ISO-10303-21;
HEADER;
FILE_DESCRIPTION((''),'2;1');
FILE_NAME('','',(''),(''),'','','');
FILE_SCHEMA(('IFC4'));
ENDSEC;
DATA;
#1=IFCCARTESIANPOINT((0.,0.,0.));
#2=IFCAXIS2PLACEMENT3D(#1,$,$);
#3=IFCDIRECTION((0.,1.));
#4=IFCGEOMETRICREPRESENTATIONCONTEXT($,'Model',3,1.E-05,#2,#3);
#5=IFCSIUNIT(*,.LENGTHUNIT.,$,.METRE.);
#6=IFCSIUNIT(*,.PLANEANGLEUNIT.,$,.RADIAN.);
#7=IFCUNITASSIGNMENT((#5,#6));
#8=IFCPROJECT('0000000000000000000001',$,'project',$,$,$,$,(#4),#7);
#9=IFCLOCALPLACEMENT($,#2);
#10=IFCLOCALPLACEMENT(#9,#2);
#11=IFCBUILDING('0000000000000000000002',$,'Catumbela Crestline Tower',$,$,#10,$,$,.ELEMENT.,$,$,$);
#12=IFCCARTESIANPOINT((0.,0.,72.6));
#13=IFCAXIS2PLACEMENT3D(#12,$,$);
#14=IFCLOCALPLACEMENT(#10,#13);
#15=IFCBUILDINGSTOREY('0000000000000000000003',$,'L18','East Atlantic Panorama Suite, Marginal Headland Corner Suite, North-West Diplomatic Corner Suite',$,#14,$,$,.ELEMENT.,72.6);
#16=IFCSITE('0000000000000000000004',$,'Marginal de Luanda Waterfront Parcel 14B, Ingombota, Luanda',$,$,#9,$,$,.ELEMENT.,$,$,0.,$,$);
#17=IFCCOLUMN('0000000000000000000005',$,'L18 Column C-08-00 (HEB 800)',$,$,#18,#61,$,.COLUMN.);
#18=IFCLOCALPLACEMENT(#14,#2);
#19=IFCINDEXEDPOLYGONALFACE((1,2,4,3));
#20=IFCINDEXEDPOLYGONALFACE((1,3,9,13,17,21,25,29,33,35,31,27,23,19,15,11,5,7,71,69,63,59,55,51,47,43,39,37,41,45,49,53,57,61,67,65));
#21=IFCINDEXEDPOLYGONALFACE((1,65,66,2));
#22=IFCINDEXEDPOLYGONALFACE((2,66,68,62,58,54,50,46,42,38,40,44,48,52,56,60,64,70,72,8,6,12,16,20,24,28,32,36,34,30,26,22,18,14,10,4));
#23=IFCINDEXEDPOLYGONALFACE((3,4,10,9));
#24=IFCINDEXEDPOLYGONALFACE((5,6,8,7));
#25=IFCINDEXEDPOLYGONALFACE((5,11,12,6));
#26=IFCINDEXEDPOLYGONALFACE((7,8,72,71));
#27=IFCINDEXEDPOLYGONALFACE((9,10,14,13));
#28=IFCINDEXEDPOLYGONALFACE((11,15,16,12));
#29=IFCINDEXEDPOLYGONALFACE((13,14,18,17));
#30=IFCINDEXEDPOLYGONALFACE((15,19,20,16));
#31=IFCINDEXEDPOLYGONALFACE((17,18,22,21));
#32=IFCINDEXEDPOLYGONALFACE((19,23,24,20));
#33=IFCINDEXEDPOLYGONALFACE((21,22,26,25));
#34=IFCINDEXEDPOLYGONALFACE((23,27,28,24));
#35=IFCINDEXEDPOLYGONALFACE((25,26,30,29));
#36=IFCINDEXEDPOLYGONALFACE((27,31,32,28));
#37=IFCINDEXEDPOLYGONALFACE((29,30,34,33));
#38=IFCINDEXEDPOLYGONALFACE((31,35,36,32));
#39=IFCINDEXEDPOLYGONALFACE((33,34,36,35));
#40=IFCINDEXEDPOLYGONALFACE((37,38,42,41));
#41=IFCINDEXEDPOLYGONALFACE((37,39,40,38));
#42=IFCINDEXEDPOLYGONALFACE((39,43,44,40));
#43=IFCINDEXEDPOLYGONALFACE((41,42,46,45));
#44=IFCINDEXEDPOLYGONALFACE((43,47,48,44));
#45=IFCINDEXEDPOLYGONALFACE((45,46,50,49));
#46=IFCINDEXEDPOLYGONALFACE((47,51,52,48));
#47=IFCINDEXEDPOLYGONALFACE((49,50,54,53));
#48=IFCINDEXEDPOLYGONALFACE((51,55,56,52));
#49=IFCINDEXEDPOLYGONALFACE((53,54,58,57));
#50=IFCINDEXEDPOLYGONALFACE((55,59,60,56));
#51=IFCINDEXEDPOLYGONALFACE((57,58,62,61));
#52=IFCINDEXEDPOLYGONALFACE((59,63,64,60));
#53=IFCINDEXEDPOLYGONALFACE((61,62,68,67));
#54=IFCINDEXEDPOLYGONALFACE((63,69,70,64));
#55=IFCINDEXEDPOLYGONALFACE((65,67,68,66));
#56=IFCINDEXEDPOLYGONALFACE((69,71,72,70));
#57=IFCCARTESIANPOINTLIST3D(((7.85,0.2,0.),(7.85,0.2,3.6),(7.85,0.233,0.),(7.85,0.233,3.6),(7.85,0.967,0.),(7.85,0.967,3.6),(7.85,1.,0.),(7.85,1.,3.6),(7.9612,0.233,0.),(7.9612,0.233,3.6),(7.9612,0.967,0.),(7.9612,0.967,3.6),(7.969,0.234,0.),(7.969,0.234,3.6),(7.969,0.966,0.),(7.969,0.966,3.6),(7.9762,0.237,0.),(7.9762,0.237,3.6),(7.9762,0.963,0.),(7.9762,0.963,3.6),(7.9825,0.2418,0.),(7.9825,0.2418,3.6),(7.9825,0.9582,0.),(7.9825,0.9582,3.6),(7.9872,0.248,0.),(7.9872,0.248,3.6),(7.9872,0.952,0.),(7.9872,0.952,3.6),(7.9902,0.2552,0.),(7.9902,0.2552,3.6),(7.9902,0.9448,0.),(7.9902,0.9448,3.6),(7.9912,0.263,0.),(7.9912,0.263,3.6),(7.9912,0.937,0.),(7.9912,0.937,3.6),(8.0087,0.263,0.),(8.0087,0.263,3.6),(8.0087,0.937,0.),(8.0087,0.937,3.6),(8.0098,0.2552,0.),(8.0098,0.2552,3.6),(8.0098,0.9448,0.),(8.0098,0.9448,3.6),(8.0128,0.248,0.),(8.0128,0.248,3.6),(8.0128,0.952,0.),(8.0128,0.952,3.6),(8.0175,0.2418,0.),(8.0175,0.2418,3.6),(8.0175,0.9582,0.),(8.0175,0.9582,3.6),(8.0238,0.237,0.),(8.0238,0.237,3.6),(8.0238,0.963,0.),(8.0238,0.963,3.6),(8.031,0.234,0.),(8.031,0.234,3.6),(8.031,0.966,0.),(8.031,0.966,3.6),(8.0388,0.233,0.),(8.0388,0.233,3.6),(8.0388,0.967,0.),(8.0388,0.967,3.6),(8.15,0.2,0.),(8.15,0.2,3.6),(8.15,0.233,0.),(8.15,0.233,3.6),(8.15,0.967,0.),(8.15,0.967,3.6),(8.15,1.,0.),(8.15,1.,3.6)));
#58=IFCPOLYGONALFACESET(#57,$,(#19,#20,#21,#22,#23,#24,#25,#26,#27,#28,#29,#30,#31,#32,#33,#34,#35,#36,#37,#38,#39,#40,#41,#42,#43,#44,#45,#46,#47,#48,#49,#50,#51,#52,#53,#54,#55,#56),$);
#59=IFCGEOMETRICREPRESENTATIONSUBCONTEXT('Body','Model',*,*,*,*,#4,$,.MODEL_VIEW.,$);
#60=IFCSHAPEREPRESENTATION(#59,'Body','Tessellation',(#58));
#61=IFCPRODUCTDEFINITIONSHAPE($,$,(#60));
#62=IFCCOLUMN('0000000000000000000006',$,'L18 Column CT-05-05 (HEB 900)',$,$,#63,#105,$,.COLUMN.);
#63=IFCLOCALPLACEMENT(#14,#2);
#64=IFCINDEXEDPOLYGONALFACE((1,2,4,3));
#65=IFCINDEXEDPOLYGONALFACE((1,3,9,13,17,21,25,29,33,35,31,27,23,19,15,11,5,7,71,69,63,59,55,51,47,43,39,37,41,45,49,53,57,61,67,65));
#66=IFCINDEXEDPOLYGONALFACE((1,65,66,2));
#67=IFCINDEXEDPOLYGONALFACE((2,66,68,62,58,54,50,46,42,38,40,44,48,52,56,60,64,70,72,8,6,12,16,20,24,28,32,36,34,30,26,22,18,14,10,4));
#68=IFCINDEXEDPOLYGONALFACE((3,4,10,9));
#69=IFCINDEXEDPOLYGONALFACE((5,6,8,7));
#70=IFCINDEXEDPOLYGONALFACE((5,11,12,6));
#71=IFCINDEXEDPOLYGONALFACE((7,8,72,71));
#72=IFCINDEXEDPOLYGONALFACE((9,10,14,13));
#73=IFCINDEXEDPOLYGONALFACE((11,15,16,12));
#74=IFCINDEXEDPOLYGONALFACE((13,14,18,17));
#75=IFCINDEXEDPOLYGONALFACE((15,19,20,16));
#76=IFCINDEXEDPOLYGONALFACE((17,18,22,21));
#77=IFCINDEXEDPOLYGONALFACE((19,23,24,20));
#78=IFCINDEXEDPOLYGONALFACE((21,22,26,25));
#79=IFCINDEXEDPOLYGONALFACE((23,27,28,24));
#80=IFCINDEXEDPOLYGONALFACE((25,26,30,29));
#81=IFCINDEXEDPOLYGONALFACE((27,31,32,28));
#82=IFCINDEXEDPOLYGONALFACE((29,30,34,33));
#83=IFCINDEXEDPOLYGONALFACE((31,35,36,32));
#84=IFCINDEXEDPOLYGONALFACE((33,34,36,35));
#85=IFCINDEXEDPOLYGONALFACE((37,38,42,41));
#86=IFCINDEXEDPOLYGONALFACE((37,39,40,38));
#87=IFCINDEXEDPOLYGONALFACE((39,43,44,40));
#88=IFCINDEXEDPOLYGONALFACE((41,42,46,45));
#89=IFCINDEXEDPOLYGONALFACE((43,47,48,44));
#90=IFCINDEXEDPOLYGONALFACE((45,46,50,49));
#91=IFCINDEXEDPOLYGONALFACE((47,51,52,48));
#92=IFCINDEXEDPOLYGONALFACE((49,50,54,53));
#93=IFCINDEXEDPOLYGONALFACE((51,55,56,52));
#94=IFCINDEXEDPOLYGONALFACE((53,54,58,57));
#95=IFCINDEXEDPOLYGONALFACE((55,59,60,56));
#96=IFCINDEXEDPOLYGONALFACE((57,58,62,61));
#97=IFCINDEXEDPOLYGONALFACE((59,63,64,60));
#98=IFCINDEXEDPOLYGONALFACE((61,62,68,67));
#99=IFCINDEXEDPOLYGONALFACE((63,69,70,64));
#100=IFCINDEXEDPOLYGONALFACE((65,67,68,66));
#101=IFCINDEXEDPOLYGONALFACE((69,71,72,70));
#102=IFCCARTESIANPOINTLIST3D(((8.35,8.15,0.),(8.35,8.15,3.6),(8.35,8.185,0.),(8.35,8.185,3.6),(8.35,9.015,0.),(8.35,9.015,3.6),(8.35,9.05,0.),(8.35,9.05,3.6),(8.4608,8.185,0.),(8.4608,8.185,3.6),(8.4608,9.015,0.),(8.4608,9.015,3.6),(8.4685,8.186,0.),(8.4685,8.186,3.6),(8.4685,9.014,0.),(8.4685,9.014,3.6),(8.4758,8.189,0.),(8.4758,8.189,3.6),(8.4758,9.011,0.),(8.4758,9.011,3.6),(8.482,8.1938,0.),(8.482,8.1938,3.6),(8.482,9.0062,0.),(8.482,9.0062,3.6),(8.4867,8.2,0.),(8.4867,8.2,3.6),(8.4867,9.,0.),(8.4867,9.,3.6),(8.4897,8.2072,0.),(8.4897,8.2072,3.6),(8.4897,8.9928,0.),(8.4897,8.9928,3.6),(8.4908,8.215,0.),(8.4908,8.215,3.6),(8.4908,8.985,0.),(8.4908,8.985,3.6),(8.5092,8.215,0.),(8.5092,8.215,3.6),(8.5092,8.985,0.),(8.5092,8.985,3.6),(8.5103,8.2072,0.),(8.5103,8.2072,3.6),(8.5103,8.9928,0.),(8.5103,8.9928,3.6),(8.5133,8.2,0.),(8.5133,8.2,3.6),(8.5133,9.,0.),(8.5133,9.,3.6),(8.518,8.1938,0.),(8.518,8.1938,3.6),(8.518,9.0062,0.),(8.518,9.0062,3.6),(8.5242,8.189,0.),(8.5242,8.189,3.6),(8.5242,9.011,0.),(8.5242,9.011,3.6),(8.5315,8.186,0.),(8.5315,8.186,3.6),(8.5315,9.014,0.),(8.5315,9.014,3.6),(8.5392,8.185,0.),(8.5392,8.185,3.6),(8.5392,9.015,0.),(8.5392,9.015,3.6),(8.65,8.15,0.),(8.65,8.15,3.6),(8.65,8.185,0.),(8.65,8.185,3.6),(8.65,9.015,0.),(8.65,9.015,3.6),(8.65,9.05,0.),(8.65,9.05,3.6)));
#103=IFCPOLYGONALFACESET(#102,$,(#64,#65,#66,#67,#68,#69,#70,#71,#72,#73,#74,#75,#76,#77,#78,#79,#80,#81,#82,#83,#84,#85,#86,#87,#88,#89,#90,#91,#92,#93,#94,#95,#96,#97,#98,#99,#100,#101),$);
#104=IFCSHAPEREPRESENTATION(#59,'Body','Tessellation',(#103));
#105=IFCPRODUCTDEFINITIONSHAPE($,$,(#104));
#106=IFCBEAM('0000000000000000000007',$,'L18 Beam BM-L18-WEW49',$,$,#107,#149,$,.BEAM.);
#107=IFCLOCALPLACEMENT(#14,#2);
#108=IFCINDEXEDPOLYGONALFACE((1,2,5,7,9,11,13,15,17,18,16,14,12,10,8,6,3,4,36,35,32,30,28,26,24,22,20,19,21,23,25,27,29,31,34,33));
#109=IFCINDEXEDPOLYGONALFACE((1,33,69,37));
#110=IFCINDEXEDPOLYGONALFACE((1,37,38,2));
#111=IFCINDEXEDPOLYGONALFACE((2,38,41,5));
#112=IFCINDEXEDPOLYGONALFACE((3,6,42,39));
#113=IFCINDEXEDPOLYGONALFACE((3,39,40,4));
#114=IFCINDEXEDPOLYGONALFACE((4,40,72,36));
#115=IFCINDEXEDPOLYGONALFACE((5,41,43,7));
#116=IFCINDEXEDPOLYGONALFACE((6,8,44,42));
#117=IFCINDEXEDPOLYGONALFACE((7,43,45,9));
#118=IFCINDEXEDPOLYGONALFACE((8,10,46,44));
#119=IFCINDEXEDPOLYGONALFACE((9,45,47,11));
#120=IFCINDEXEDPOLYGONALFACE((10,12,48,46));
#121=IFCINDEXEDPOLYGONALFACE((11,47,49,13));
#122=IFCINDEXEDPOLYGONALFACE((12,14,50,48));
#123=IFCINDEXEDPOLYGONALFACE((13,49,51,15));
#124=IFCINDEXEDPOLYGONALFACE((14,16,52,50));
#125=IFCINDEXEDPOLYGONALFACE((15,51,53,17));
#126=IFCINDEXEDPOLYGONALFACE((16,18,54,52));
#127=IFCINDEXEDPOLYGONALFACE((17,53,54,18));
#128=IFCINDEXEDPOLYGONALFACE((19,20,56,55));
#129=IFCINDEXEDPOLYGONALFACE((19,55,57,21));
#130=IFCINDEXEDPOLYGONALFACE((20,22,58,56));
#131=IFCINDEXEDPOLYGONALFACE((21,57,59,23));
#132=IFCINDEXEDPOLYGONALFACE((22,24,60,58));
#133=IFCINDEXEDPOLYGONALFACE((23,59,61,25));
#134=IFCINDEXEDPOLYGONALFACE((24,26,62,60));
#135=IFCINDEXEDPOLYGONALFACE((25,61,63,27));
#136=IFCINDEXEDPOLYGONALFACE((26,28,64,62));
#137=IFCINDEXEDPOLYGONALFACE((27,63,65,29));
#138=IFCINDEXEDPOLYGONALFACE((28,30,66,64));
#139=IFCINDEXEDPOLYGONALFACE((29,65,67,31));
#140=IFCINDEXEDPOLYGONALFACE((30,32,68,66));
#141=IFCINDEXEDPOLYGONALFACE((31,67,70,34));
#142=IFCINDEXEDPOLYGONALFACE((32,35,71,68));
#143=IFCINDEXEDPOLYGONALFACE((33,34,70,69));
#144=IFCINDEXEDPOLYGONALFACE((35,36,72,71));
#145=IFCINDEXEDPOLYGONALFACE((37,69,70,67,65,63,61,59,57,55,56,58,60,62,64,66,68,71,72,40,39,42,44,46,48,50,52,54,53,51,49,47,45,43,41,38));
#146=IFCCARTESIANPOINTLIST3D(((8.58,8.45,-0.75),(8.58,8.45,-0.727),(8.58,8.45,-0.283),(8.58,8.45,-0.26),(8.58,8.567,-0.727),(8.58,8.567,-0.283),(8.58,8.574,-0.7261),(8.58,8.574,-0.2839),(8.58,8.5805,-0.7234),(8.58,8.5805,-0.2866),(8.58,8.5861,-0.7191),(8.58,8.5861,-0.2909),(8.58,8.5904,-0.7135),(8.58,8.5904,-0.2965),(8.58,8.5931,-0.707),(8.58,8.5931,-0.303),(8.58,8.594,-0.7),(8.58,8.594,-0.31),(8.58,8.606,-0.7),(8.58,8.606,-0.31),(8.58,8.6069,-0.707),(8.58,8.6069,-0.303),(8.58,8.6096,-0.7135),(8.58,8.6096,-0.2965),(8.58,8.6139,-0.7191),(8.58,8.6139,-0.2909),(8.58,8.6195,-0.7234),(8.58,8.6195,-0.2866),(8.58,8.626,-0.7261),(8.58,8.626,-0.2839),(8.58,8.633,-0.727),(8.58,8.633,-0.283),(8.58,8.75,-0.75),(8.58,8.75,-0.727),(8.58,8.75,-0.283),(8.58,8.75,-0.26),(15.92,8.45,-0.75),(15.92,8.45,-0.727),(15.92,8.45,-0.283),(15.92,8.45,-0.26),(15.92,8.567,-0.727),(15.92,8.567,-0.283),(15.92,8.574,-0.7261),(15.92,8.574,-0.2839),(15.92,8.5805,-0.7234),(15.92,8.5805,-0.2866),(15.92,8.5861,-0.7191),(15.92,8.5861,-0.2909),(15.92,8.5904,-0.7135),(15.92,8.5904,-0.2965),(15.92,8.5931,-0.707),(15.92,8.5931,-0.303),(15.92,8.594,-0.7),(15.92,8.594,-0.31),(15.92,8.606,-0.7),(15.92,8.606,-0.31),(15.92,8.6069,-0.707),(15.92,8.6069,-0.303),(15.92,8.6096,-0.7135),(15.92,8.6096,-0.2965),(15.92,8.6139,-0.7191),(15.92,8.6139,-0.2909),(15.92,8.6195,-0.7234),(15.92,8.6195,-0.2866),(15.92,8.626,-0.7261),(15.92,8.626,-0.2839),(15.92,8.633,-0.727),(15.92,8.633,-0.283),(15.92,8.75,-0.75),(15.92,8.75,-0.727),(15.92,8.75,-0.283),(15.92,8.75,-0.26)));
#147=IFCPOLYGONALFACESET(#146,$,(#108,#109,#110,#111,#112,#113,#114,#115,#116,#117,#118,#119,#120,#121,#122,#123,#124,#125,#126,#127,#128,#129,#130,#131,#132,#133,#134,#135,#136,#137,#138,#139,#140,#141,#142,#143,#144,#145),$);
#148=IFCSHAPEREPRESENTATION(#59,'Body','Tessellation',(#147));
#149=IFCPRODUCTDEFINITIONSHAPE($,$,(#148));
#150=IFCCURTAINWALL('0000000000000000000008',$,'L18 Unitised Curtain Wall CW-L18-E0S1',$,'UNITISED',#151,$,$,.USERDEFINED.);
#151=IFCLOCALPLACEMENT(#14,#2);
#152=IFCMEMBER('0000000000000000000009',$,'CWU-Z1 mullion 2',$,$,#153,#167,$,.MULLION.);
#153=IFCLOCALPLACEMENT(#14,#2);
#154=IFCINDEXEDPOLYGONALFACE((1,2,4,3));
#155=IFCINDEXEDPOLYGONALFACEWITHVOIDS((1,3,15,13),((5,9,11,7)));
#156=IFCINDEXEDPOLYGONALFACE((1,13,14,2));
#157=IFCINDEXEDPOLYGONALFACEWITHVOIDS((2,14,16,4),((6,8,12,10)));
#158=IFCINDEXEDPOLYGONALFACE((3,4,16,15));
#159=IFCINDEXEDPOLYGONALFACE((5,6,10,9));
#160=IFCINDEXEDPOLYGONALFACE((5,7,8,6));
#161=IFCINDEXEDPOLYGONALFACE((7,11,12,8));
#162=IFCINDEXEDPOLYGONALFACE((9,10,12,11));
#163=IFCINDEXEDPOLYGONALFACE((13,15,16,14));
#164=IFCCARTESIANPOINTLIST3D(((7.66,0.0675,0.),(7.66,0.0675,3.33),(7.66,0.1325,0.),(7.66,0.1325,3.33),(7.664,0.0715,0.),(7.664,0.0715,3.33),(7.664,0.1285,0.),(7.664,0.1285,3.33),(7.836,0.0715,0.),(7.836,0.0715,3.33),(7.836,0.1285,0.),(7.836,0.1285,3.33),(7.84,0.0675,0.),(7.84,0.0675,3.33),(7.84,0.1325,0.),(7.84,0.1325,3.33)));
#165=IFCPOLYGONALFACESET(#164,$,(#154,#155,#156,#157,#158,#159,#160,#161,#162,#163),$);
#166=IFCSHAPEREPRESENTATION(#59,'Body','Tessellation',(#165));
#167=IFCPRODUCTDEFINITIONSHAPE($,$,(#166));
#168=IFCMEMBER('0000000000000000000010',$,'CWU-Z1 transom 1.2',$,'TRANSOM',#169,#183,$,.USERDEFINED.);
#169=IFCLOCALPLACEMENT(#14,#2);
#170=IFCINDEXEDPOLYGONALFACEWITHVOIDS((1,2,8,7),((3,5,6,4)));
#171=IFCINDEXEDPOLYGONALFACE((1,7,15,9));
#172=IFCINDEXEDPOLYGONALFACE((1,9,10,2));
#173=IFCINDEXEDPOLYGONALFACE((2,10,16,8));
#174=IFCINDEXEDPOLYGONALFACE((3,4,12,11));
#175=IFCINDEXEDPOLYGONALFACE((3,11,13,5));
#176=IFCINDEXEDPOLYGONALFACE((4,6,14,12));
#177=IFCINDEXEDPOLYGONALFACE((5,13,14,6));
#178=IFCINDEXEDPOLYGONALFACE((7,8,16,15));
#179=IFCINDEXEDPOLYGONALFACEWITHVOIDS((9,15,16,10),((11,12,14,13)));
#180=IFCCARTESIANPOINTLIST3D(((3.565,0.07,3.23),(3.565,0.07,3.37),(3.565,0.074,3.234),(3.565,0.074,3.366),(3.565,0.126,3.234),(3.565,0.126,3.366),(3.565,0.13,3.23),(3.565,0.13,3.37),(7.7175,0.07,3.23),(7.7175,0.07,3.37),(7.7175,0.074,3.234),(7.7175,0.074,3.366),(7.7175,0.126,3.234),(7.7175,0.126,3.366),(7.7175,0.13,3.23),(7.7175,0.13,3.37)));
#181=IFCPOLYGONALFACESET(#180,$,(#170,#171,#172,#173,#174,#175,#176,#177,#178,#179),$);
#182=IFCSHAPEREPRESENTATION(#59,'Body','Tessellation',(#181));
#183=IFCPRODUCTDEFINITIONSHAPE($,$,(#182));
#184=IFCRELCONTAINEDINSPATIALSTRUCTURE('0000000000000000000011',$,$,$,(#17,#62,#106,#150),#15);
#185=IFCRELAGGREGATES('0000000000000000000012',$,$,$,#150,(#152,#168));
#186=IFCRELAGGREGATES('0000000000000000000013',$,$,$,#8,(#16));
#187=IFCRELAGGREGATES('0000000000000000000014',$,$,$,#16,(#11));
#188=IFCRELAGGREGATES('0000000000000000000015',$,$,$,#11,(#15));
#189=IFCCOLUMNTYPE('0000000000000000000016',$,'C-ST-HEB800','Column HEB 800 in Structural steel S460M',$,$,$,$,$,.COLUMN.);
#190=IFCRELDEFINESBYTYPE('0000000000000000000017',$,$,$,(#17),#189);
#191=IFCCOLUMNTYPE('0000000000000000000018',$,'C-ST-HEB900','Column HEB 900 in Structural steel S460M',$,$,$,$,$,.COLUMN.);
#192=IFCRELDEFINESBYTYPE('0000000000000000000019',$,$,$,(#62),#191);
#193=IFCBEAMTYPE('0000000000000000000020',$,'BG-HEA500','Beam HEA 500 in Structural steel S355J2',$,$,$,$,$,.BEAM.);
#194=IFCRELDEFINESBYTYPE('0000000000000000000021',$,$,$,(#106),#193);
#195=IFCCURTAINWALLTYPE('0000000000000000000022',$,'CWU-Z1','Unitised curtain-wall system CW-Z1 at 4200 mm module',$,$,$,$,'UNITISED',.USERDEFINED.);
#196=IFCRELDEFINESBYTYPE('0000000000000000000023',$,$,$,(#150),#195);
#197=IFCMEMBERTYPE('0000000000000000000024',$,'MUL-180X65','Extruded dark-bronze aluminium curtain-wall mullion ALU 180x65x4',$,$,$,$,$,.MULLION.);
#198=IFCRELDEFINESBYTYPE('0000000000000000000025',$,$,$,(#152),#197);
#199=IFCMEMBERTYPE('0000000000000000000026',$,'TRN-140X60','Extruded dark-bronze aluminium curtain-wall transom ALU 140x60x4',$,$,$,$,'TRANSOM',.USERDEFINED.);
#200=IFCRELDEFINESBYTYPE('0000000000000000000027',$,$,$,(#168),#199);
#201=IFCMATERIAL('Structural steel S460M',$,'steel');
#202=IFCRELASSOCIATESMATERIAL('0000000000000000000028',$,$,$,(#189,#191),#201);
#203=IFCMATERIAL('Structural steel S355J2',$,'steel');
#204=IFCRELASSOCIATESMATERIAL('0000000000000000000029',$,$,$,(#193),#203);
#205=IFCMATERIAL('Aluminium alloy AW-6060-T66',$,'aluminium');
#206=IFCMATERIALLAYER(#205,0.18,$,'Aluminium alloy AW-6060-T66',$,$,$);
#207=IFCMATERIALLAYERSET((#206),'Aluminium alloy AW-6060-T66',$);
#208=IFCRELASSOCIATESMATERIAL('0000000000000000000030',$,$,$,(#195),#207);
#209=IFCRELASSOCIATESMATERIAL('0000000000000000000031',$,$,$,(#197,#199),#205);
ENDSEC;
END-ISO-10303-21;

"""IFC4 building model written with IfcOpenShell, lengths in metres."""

from ifc_helpers import new_model, si_unit, direction, frame, origin, origin_2d, place, context, subcontext, project, spatial, hollow_rectangle, i_section, extrude, material, layer, layer_set, material_profile, profile_set, type_object, element, aggregate, save


model = new_model("IFC4")

# Units and contexts
model_context = context("Model", 3, precision=1e-05, world=origin(), true_north=direction((0.0, 1.0)))
body_context = subcontext(model_context, "Body", "Model", "MODEL_VIEW")
ifc_project = project(units=[si_unit("LENGTHUNIT", "METRE"), si_unit("PLANEANGLEUNIT", "RADIAN")], contexts=[model_context])

# Site, building, storey
site_placement = place(None, origin())
site = spatial("IfcSite", under=ifc_project, at=site_placement, Name="Marginal de Luanda Waterfront Parcel 14B, Ingombota, Luanda", CompositionType="ELEMENT", RefElevation=0.0)
building_placement = place(site_placement, origin())
building = spatial("IfcBuilding", under=site, at=building_placement, Name="Catumbela Crestline Tower", CompositionType="ELEMENT")
storey_placement = place(building_placement, frame((0.0, 0.0, 72.6)))
storey = spatial("IfcBuildingStorey", under=building, at=storey_placement, Name="L18", Description="East Atlantic Panorama Suite, Marginal Headland Corner Suite, North-West Diplomatic Corner Suite", CompositionType="ELEMENT", Elevation=72.6)

# Columns
ifc_material_1 = material(Name="Structural steel S460M", Category="steel")
ifc_material_profile_1 = material_profile(ifc_material_1, i_section(OverallWidth=0.3, OverallDepth=0.8, WebThickness=0.0175, FlangeThickness=0.033, FilletRadius=0.03, at=origin_2d()), Name="HEB 800")
ifc_profile_set_1 = profile_set([ifc_material_profile_1], Name="Structural steel S460M")
column_type_1 = type_object("IfcColumnType", Name="C-ST-HEB800", Description="Column HEB 800 in Structural steel S460M", PredefinedType="COLUMN", material=ifc_profile_set_1)
column_1_placement = place(storey_placement, frame((8.0, 0.6, 0.0), z_axis=(0.0, 0.0, 1.0), x_axis=(1.0, 0.0, 0.0)))
element("IfcColumn", 1, at=column_1_placement, inside=storey, type_object=column_type_1, Name="L18 Column C-08-00 (HEB 800)", PredefinedType="COLUMN", context=body_context, shape_type="SweptSolid", body=[
    extrude(i_section(OverallWidth=0.3, OverallDepth=0.8, WebThickness=0.0175, FlangeThickness=0.033, FilletRadius=0.03, at=origin_2d()), origin(), (0.0, 0.0, 1.0), 3.6),
])
ifc_material_profile_2 = material_profile(ifc_material_1, i_section(OverallWidth=0.3, OverallDepth=0.9, WebThickness=0.0185, FlangeThickness=0.035, FilletRadius=0.03, at=origin_2d()), Name="HEB 900")
ifc_profile_set_2 = profile_set([ifc_material_profile_2], Name="Structural steel S460M")
column_type_2 = type_object("IfcColumnType", Name="C-ST-HEB900", Description="Column HEB 900 in Structural steel S460M", PredefinedType="COLUMN", material=ifc_profile_set_2)
column_2_placement = place(storey_placement, frame((8.5, 8.6, 0.0), z_axis=(0.0, 0.0, 1.0), x_axis=(1.0, 0.0, 0.0)))
element("IfcColumn", 2, at=column_2_placement, inside=storey, type_object=column_type_2, Name="L18 Column CT-05-05 (HEB 900)", PredefinedType="COLUMN", context=body_context, shape_type="SweptSolid", body=[
    extrude(i_section(OverallWidth=0.3, OverallDepth=0.9, WebThickness=0.0185, FlangeThickness=0.035, FilletRadius=0.03, at=origin_2d()), origin(), (0.0, 0.0, 1.0), 3.6),
])

# Beam
ifc_material_2 = material(Name="Structural steel S355J2", Category="steel")
ifc_material_profile_3 = material_profile(ifc_material_2, i_section(OverallWidth=0.3, OverallDepth=0.49, WebThickness=0.012, FlangeThickness=0.023, FilletRadius=0.027, at=origin_2d()), Name="HEA 500")
ifc_profile_set_3 = profile_set([ifc_material_profile_3], Name="Structural steel S355J2")
beam_type = type_object("IfcBeamType", Name="BG-HEA500", Description="Beam HEA 500 in Structural steel S355J2", PredefinedType="BEAM", material=ifc_profile_set_3)
beam_placement = place(storey_placement, frame((8.58, 8.6, -0.505), z_axis=(1.0, 0.0, 0.0), x_axis=(0.0, 1.0, 0.0)))
element("IfcBeam", 3, at=beam_placement, inside=storey, type_object=beam_type, Name="L18 Beam BM-L18-WEW49", PredefinedType="BEAM", context=body_context, shape_type="SweptSolid", body=[
    extrude(i_section(OverallWidth=0.3, OverallDepth=0.49, WebThickness=0.012, FlangeThickness=0.023, FilletRadius=0.027, at=origin_2d()), origin(), (0.0, 0.0, 1.0), 7.34),
])

# Curtain wall, members
ifc_material_3 = material(Name="Aluminium alloy AW-6060-T66", Category="aluminium")
ifc_layer_1 = layer(ifc_material_3, 0.18, Name="Aluminium alloy AW-6060-T66")
ifc_layer_set_1 = layer_set([ifc_layer_1], Name="Aluminium alloy AW-6060-T66")
curtain_wall_type = type_object("IfcCurtainWallType", Name="CWU-Z1", Description="Unitised curtain-wall system CW-Z1 at 4200 mm module", ElementType="UNITISED", PredefinedType="USERDEFINED", material=ifc_layer_set_1)
curtain_wall_placement = place(storey_placement, origin())
curtain_wall = element("IfcCurtainWall", 4, at=curtain_wall_placement, inside=storey, type_object=curtain_wall_type, Name="L18 Unitised Curtain Wall CW-L18-E0S1", ObjectType="UNITISED", PredefinedType="USERDEFINED")
ifc_material_profile_4 = material_profile(ifc_material_3, hollow_rectangle(XDim=0.065, YDim=0.18, WallThickness=0.004, at=origin_2d()), Name="ALU 180x65x4")
ifc_profile_set_4 = profile_set([ifc_material_profile_4], Name="Aluminium alloy AW-6060-T66")
member_type_1 = type_object("IfcMemberType", Name="MUL-180X65", Description="Extruded dark-bronze aluminium curtain-wall mullion ALU 180x65x4", PredefinedType="MULLION", material=ifc_profile_set_4)
member_1_placement = place(storey_placement, frame((7.75, 0.1, 0.0), z_axis=(0.0, 0.0, 1.0), x_axis=(0.0, 1.0, 0.0)))
member_1 = element("IfcMember", 5, at=member_1_placement, type_object=member_type_1, Name="CWU-Z1 mullion 2", PredefinedType="MULLION", context=body_context, shape_type="SweptSolid", body=[
    extrude(hollow_rectangle(XDim=0.065, YDim=0.18, WallThickness=0.004, at=origin_2d()), origin(), (0.0, 0.0, 1.0), 3.33),
])
ifc_material_profile_5 = material_profile(ifc_material_3, hollow_rectangle(XDim=0.06, YDim=0.14, WallThickness=0.004, at=origin_2d()), Name="ALU 140x60x4")
ifc_profile_set_5 = profile_set([ifc_material_profile_5], Name="Aluminium alloy AW-6060-T66")
member_type_2 = type_object("IfcMemberType", Name="TRN-140X60", Description="Extruded dark-bronze aluminium curtain-wall transom ALU 140x60x4", ElementType="TRANSOM", PredefinedType="USERDEFINED", material=ifc_profile_set_5)
member_2_placement = place(storey_placement, frame((3.565, 0.1, 3.3), z_axis=(1.0, 0.0, 0.0), x_axis=(0.0, 1.0, 0.0)))
member_2 = element("IfcMember", 6, at=member_2_placement, type_object=member_type_2, Name="CWU-Z1 transom 1.2", ObjectType="TRANSOM", PredefinedType="USERDEFINED", context=body_context, shape_type="SweptSolid", body=[
    extrude(hollow_rectangle(XDim=0.06, YDim=0.14, WallThickness=0.004, at=origin_2d()), origin(), (0.0, 0.0, 1.0), 4.1525),
])
aggregate(curtain_wall, [member_1, member_2])

save(model, "model.ifc")
